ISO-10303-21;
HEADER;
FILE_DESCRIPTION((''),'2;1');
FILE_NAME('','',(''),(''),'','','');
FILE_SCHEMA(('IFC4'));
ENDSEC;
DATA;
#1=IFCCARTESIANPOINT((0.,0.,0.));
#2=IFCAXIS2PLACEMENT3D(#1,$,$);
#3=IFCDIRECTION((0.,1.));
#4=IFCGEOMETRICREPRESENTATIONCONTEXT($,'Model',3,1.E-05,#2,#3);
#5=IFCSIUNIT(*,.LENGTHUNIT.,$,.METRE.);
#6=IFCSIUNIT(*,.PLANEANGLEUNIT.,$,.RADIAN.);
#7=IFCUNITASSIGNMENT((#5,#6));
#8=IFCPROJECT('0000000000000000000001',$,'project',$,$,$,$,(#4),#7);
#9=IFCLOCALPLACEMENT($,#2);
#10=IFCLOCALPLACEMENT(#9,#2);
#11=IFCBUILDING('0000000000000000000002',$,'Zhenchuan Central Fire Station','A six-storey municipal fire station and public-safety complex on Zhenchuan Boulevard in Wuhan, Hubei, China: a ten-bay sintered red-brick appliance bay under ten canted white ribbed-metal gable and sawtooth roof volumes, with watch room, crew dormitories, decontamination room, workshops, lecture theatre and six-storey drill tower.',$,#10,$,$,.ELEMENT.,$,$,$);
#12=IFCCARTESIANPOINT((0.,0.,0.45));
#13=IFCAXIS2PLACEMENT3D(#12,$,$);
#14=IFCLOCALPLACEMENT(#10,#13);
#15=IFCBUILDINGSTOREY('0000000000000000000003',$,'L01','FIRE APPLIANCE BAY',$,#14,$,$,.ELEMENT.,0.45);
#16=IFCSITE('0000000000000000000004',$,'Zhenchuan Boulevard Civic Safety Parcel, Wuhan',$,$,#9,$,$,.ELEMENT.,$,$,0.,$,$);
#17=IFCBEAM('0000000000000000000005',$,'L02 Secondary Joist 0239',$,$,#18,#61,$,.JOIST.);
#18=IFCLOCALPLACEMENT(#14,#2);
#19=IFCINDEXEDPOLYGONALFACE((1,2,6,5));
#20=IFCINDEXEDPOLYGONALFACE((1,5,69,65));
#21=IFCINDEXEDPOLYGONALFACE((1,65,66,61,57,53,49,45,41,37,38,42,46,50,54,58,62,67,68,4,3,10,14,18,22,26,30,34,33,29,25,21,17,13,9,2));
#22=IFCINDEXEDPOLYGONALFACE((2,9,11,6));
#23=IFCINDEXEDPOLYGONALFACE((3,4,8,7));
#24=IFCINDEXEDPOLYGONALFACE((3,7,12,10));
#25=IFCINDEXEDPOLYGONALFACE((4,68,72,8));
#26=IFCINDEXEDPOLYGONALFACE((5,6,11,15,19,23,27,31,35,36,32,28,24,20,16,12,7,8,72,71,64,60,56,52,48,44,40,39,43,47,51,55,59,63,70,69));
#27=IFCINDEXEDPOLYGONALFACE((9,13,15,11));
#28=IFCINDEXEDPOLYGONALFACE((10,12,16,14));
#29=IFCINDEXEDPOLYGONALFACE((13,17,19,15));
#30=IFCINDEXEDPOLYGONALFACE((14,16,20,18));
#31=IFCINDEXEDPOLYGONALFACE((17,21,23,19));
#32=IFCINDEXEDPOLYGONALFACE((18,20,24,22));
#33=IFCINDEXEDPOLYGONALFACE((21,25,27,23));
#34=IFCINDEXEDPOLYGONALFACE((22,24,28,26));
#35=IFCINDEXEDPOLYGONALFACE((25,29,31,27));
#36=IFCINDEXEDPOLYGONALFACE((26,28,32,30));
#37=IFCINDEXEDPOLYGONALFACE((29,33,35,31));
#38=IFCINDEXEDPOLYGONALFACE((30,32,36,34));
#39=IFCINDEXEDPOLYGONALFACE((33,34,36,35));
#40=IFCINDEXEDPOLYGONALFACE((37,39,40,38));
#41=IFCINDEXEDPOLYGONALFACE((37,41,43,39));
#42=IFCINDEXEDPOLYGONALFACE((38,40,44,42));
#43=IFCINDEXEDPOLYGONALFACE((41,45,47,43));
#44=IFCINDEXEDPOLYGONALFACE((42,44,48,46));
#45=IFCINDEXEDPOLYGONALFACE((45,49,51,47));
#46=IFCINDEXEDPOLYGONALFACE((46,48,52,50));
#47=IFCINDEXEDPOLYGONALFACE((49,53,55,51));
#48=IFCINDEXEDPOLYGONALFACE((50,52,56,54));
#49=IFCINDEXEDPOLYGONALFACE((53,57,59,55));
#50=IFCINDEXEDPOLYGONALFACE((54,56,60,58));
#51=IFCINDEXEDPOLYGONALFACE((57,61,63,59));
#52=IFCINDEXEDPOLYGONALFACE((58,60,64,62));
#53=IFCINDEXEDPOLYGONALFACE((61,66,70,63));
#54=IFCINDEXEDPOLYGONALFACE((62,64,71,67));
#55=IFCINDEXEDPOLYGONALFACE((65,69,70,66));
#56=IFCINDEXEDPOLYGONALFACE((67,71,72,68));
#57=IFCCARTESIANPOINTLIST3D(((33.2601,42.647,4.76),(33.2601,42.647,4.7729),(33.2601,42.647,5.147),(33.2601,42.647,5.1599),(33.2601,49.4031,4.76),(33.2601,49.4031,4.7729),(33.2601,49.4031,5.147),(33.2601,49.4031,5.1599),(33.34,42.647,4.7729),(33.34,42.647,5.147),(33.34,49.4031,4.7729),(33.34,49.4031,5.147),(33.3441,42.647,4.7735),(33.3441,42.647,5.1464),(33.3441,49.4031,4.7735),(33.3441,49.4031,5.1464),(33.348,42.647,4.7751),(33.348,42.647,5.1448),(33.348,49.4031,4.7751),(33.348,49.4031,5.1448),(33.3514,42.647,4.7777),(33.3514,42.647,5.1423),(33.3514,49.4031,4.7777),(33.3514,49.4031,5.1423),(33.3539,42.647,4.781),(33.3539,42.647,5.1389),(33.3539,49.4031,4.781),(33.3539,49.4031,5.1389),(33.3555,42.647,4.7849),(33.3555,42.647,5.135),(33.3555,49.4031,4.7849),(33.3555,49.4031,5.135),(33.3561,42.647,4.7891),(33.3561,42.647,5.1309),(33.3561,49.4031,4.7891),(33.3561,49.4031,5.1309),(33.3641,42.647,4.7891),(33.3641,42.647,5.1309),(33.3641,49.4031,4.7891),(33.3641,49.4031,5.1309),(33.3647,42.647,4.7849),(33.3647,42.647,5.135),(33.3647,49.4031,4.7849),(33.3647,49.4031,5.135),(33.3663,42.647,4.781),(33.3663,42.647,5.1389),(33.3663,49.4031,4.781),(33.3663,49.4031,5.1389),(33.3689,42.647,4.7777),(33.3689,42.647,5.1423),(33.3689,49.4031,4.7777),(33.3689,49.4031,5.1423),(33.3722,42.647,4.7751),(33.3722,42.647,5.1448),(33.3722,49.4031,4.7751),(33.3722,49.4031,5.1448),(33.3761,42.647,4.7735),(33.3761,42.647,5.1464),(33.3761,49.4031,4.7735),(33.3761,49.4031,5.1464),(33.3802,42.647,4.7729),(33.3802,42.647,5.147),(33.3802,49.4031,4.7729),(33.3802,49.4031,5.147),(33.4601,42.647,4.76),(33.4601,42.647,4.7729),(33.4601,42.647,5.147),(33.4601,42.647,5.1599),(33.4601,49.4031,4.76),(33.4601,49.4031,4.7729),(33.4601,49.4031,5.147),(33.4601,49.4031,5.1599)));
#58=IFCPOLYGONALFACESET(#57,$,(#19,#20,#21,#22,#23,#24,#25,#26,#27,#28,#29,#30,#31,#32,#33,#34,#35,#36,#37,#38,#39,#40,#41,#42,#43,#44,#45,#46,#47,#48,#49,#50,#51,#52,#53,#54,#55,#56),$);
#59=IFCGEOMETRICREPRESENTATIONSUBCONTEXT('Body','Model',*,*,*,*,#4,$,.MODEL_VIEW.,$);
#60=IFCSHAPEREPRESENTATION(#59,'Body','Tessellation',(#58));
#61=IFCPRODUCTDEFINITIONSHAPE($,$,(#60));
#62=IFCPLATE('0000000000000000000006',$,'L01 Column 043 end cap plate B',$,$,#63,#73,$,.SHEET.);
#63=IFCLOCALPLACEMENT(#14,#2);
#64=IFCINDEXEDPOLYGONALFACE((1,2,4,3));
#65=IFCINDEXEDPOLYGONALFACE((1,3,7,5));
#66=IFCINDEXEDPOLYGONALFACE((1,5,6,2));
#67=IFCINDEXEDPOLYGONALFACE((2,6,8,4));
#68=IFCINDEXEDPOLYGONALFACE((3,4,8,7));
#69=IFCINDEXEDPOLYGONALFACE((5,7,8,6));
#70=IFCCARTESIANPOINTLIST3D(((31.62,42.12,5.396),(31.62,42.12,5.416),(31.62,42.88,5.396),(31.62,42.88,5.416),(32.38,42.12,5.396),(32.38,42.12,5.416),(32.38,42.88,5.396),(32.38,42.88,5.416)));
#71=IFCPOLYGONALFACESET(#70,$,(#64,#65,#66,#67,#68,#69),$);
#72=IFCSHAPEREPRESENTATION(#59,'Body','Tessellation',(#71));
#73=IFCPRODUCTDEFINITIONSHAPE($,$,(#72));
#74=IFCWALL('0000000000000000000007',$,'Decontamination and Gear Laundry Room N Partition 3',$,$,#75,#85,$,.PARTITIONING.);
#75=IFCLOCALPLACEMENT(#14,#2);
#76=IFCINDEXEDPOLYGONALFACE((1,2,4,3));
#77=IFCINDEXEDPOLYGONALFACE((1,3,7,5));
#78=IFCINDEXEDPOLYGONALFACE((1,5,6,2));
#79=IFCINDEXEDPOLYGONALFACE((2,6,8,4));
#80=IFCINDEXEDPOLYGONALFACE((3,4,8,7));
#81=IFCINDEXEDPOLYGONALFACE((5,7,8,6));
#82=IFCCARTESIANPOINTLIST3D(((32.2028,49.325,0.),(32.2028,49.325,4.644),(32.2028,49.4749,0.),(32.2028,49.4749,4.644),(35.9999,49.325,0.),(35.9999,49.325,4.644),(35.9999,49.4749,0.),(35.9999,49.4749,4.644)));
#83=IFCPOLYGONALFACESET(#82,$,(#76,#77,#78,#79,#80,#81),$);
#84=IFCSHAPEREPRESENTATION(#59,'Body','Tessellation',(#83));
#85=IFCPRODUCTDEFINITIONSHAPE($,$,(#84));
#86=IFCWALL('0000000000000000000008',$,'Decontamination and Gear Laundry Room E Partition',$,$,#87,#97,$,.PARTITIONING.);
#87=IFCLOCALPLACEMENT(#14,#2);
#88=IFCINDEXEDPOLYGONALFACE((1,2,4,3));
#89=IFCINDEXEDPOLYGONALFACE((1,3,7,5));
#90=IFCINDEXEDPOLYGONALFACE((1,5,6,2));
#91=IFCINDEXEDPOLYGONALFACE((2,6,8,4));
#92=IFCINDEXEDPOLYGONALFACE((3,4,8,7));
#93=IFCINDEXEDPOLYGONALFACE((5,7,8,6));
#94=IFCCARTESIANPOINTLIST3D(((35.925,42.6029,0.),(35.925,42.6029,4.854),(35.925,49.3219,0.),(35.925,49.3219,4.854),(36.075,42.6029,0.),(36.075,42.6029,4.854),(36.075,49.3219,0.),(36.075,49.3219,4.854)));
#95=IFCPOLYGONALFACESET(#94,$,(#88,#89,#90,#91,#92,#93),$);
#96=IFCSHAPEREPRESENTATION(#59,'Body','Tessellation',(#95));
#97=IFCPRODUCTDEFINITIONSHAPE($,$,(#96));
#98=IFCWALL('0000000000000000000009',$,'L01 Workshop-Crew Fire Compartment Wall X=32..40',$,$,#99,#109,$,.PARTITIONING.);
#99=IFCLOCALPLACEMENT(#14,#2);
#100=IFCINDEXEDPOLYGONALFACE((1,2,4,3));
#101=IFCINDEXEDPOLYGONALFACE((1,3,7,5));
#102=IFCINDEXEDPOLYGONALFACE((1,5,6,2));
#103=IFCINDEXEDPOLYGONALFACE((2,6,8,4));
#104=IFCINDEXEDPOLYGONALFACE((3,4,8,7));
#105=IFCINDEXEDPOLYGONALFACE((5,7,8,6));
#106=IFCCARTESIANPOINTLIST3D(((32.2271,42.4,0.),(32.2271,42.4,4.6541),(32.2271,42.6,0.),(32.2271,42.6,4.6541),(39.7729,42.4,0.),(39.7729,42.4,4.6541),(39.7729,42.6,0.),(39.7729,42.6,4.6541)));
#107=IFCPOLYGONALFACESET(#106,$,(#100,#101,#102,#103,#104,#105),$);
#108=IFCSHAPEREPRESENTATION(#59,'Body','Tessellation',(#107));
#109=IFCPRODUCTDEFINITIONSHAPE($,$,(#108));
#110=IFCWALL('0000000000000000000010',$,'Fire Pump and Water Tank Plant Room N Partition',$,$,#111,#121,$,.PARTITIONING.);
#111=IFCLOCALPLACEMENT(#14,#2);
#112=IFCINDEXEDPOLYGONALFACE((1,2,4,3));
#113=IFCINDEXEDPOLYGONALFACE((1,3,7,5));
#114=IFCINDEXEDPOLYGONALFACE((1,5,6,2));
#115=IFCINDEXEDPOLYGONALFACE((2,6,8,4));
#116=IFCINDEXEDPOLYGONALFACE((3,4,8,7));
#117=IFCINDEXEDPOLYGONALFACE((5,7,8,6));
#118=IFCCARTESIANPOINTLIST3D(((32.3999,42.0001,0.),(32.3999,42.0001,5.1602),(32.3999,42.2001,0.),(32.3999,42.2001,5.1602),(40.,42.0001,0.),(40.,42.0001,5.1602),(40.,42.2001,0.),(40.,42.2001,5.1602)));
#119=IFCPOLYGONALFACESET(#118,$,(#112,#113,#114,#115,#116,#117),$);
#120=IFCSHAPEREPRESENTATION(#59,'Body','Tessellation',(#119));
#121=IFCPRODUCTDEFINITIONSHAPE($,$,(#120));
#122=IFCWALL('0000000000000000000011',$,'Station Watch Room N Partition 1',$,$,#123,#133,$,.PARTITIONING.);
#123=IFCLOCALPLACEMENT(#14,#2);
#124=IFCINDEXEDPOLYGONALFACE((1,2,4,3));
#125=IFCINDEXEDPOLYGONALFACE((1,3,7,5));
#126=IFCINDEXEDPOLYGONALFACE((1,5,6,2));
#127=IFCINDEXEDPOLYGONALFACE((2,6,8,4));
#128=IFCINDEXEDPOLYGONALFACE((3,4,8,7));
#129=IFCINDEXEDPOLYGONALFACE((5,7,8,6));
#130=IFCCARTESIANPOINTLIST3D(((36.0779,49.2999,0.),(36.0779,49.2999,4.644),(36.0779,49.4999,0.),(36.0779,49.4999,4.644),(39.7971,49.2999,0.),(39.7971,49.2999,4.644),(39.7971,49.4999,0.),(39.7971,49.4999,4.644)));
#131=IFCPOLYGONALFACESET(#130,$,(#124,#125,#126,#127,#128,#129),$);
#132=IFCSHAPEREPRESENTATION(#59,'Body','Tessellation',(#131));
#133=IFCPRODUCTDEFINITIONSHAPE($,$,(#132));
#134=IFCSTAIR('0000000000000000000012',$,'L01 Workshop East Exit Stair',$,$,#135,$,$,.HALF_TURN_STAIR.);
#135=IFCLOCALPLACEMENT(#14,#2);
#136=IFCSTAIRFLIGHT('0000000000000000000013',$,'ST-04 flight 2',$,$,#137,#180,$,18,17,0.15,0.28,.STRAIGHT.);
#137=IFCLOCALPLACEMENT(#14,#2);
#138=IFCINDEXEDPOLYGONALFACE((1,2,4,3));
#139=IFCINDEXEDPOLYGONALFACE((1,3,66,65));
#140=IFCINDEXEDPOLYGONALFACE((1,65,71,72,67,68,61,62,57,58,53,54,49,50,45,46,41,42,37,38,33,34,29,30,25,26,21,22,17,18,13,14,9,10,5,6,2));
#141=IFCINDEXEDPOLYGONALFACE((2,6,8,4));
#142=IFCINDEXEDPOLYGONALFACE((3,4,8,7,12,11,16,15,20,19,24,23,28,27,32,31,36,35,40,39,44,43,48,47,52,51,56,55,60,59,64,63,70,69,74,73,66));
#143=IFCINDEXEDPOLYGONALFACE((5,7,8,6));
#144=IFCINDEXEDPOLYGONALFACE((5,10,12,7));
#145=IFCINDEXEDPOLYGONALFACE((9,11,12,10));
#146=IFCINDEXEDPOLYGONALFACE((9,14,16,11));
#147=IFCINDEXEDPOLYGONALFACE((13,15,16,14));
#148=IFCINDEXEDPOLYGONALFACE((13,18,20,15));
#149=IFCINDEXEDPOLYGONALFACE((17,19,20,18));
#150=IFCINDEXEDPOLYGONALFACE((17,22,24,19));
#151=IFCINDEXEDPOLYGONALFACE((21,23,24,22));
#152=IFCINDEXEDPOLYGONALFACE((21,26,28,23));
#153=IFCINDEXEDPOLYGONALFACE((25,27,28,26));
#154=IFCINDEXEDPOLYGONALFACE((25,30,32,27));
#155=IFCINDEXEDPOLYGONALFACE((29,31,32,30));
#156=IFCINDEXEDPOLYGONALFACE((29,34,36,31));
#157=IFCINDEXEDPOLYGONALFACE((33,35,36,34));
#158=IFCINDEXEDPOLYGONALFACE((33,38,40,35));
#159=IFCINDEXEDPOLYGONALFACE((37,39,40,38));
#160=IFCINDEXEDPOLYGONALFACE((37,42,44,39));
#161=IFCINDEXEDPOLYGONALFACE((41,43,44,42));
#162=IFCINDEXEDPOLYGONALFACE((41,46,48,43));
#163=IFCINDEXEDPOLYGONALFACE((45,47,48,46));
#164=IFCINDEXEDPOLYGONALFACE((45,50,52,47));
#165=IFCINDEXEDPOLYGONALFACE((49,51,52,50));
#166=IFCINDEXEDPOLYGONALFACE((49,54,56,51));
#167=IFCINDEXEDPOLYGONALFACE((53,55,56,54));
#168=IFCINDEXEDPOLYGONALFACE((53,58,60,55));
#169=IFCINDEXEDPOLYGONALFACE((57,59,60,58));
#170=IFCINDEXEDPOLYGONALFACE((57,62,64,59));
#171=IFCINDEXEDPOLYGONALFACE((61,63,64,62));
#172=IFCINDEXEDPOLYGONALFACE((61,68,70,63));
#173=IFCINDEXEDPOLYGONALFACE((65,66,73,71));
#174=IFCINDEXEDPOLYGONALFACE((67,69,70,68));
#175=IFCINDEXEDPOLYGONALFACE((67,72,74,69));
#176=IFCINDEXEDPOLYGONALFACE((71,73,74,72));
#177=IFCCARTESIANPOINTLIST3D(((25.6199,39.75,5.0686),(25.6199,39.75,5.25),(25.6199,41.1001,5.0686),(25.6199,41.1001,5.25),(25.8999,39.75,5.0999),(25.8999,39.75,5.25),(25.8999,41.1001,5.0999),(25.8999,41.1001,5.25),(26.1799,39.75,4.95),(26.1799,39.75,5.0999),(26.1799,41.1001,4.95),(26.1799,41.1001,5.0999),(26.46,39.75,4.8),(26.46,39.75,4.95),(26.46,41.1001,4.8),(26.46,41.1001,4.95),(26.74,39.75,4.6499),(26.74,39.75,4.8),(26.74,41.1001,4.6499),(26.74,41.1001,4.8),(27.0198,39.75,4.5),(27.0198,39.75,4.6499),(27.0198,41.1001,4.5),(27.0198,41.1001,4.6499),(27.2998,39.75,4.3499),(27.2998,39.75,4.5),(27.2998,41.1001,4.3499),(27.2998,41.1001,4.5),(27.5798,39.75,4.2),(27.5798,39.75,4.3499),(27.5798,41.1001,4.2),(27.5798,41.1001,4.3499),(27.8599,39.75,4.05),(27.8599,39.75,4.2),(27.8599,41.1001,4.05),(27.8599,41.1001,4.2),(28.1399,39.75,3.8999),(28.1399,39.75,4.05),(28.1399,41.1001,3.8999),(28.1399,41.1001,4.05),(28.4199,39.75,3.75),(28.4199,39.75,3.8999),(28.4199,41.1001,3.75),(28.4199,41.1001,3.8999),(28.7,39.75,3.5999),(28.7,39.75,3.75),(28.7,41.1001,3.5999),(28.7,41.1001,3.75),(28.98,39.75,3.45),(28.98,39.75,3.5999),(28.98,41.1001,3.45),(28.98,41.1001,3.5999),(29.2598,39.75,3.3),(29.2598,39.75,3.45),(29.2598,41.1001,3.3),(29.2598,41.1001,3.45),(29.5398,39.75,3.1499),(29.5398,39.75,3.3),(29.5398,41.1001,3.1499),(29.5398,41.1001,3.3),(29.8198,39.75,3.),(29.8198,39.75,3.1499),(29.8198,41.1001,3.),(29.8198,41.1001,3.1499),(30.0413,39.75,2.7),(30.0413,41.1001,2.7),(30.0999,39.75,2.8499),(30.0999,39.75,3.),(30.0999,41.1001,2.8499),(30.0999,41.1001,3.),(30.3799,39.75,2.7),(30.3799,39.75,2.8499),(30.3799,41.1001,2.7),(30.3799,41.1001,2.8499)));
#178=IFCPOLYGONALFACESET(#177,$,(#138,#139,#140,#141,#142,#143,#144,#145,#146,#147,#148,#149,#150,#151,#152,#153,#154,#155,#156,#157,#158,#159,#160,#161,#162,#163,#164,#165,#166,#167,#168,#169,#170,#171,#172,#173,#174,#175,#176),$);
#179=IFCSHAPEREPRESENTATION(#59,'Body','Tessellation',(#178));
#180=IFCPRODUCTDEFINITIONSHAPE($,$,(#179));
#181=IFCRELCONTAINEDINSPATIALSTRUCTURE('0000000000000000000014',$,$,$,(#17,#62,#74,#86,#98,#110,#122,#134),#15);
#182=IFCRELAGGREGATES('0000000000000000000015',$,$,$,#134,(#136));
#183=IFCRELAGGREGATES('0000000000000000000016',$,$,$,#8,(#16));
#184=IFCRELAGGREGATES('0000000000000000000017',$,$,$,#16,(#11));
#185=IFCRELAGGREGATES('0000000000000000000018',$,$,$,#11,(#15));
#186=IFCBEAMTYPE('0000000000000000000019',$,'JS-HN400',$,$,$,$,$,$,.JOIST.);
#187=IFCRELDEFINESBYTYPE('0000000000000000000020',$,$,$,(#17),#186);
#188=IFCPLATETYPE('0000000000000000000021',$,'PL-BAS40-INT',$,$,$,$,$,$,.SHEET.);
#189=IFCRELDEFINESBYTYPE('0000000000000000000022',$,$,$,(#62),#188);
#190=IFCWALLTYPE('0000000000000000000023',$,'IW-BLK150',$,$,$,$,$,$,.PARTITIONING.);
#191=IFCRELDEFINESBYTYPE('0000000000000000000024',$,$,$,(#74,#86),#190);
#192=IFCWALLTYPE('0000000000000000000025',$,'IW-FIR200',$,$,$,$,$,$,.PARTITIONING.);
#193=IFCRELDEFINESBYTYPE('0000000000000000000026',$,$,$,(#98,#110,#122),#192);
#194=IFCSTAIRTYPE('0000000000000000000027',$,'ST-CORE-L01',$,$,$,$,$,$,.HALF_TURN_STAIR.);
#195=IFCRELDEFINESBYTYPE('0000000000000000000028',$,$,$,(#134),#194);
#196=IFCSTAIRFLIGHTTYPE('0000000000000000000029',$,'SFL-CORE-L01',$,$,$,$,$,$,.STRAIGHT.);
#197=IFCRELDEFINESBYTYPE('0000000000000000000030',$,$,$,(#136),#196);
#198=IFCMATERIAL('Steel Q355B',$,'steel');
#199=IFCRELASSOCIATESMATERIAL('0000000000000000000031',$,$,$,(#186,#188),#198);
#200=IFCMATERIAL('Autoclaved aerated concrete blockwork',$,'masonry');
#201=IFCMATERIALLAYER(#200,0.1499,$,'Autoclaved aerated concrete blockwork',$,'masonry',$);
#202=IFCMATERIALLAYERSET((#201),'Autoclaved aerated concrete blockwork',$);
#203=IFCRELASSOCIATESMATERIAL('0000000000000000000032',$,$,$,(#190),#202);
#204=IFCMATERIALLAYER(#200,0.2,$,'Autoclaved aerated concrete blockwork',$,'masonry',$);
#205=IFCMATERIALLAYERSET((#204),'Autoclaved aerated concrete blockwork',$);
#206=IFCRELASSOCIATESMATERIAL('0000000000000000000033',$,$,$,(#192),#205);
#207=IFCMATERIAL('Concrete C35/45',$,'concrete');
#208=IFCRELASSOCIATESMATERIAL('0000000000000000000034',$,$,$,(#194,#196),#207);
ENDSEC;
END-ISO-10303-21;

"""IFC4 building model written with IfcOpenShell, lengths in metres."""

from ifc_helpers import new_model, si_unit, direction, frame, frame_2d, origin, origin_2d, place, context, subcontext, project, spatial, polyline, rectangle, i_section, outline, extrude, material, layer, layer_set, material_profile, profile_set, type_object, element, aggregate, save


model = new_model("IFC4")

# Units and contexts
model_context = context("Model", 3, precision=1e-05, world=origin(), true_north=direction((0.0, 1.0)))
body_context = subcontext(model_context, "Body", "Model", "MODEL_VIEW")
ifc_project = project(units=[si_unit("LENGTHUNIT", "METRE"), si_unit("PLANEANGLEUNIT", "RADIAN")], contexts=[model_context])

# Site, building, storey
site_placement = place(None, origin())
site = spatial("IfcSite", under=ifc_project, at=site_placement, Name="Zhenchuan Boulevard Civic Safety Parcel, Wuhan", CompositionType="ELEMENT", RefElevation=0.0)
building_placement = place(site_placement, origin())
building = spatial("IfcBuilding", under=site, at=building_placement, Name="Zhenchuan Central Fire Station", Description="A six-storey municipal fire station and public-safety complex on Zhenchuan Boulevard in Wuhan, Hubei, China: a ten-bay sintered red-brick appliance bay under ten canted white ribbed-metal gable and sawtooth roof volumes, with watch room, crew dormitories, decontamination room, workshops, lecture theatre and six-storey drill tower.", CompositionType="ELEMENT")
storey_placement = place(building_placement, frame((0.0, 0.0, 0.45)))
storey = spatial("IfcBuildingStorey", under=building, at=storey_placement, Name="L01", Description="FIRE APPLIANCE BAY", CompositionType="ELEMENT", Elevation=0.45)

# Shared definitions
ifc_material_1 = material(Name="Concrete C35/45", Category="concrete")

# Shared definitions
ifc_material_2 = material(Name="Steel Q355B", Category="steel")

# Beam
ifc_material_profile_1 = material_profile(ifc_material_2, i_section(OverallWidth=0.2, OverallDepth=0.3999, WebThickness=0.0081, FlangeThickness=0.0129, FilletRadius=0.0161, at=origin_2d()), Name="HN 400x200")
ifc_profile_set_1 = profile_set([ifc_material_profile_1], Name="Steel Q355B")
beam_type_1 = type_object("IfcBeamType", Name="JS-HN400", PredefinedType="JOIST", material=ifc_profile_set_1)
beam_1_placement = place(storey_placement, frame((33.3601, 42.647, 4.96), z_axis=(0.0, 1.0, 0.0), x_axis=(-1.0, 0.0, 0.0)))
element("IfcBeam", 1, at=beam_1_placement, inside=storey, type_object=beam_type_1, Name="L02 Secondary Joist 0239", PredefinedType="JOIST", context=body_context, shape_type="SweptSolid", body=[
    extrude(i_section(OverallWidth=0.2, OverallDepth=0.3999, WebThickness=0.0081, FlangeThickness=0.0129, FilletRadius=0.0161, at=origin_2d()), origin(), (0.0, 0.0, 1.0), 6.7561),
])

# Plate
ifc_material_profile_2 = material_profile(ifc_material_2, rectangle(XDim=0.76, YDim=0.76, at=origin_2d()), Name="PL 760x760x40")
ifc_profile_set_2 = profile_set([ifc_material_profile_2], Name="Steel Q355B")
plate_type = type_object("IfcPlateType", Name="PL-BAS40-INT", PredefinedType="SHEET", material=ifc_profile_set_2)
plate_placement = place(storey_placement, frame((32.0, 42.5, 5.396), z_axis=(0.0, 0.0, 1.0), x_axis=(1.0, 0.0, 0.0)))
element("IfcPlate", 2, at=plate_placement, inside=storey, type_object=plate_type, Name="L01 Column 043 end cap plate B", PredefinedType="SHEET", context=body_context, shape_type="SweptSolid", body=[
    extrude(rectangle(XDim=0.76, YDim=0.76, at=origin_2d()), origin(), (0.0, 0.0, 1.0), 0.02),
])

# Walls
ifc_material_3 = material(Name="Autoclaved aerated concrete blockwork", Category="masonry")
ifc_layer_1 = layer(ifc_material_3, 0.1499, Name="Autoclaved aerated concrete blockwork", Category="masonry")
ifc_layer_set_1 = layer_set([ifc_layer_1], Name="Autoclaved aerated concrete blockwork")
wall_type_1 = type_object("IfcWallType", Name="IW-BLK150", PredefinedType="PARTITIONING", material=ifc_layer_set_1)
wall_1_placement = place(storey_placement, frame((32.2029, 49.3999, 0.0), z_axis=(0.0, 0.0, 1.0), x_axis=(1.0, 0.0, 0.0)))
element("IfcWall", 3, at=wall_1_placement, inside=storey, type_object=wall_type_1, Name="Decontamination and Gear Laundry Room N Partition 3", PredefinedType="PARTITIONING", context=body_context, shape_type="SweptSolid", body=[
    extrude(rectangle(XDim=3.7971, YDim=0.1499, at=frame_2d((1.8984, 0.0))), origin(), (0.0, 0.0, 1.0), 4.644),
])
wall_2_placement = place(storey_placement, frame((36.0, 42.603, 0.0), z_axis=(0.0, 0.0, 1.0), x_axis=(0.0, 1.0, 0.0)))
element("IfcWall", 4, at=wall_2_placement, inside=storey, type_object=wall_type_1, Name="Decontamination and Gear Laundry Room E Partition", PredefinedType="PARTITIONING", context=body_context, shape_type="SweptSolid", body=[
    extrude(rectangle(XDim=6.719, YDim=0.1499, at=frame_2d((3.3594, 0.0))), origin(), (0.0, 0.0, 1.0), 4.854),
])
ifc_layer_2 = layer(ifc_material_3, 0.2, Name="Autoclaved aerated concrete blockwork", Category="masonry")
ifc_layer_set_2 = layer_set([ifc_layer_2], Name="Autoclaved aerated concrete blockwork")
wall_type_2 = type_object("IfcWallType", Name="IW-FIR200", PredefinedType="PARTITIONING", material=ifc_layer_set_2)
wall_3_placement = place(storey_placement, frame((32.2271, 42.5, 0.0), z_axis=(0.0, 0.0, 1.0), x_axis=(1.0, 0.0, 0.0)))
element("IfcWall", 5, at=wall_3_placement, inside=storey, type_object=wall_type_2, Name="L01 Workshop-Crew Fire Compartment Wall X=32..40", PredefinedType="PARTITIONING", context=body_context, shape_type="SweptSolid", body=[
    extrude(rectangle(XDim=7.5459, YDim=0.2, at=frame_2d((3.7729, 0.0))), origin(), (0.0, 0.0, 1.0), 4.6541),
])
wall_4_placement = place(storey_placement, frame((32.3999, 42.1001, 0.0), z_axis=(0.0, 0.0, 1.0), x_axis=(1.0, 0.0, 0.0)))
element("IfcWall", 6, at=wall_4_placement, inside=storey, type_object=wall_type_2, Name="Fire Pump and Water Tank Plant Room N Partition", PredefinedType="PARTITIONING", context=body_context, shape_type="SweptSolid", body=[
    extrude(rectangle(XDim=7.6001, YDim=0.2, at=frame_2d((3.8, 0.0))), origin(), (0.0, 0.0, 1.0), 5.1602),
])
wall_5_placement = place(storey_placement, frame((36.0779, 49.3999, 0.0), z_axis=(0.0, 0.0, 1.0), x_axis=(1.0, 0.0, 0.0)))
element("IfcWall", 7, at=wall_5_placement, inside=storey, type_object=wall_type_2, Name="Station Watch Room N Partition 1", PredefinedType="PARTITIONING", context=body_context, shape_type="SweptSolid", body=[
    extrude(rectangle(XDim=3.7192, YDim=0.2, at=frame_2d((1.8596, 0.0))), origin(), (0.0, 0.0, 1.0), 4.644),
])

# Stair, stair flight
stair_type = type_object("IfcStairType", Name="ST-CORE-L01", PredefinedType="HALF_TURN_STAIR", material=ifc_material_1)
stair_placement = place(storey_placement, origin())
stair = element("IfcStair", 8, at=stair_placement, inside=storey, type_object=stair_type, Name="L01 Workshop East Exit Stair", PredefinedType="HALF_TURN_STAIR")
stair_flight_type = type_object("IfcStairFlightType", Name="SFL-CORE-L01", PredefinedType="STRAIGHT", material=ifc_material_1)
stair_flight_placement = place(storey_placement, frame((30.3799, 40.425, 2.7), z_axis=(0.0, 0.0, 1.0), x_axis=(-1.0, 0.0, 0.0)))
stair_flight = element("IfcStairFlight", 9, at=stair_flight_placement, type_object=stair_flight_type, Name="ST-04 flight 2", NumberOfRisers=18, NumberOfTreads=17, PredefinedType="STRAIGHT", RiserHeight=0.15, TreadLength=0.28, context=body_context, shape_type="SweptSolid", body=[
    extrude(outline(polyline([(0.0, 0.0), (0.0, 0.1499), (0.28, 0.1499), (0.28, 0.3), (0.5601, 0.3), (0.5601, 0.45), (0.8401, 0.45), (0.8401, 0.6001), (1.1201, 0.6001), (1.1201, 0.75), (1.3999, 0.75), (1.3999, 0.8999), (1.6799, 0.8999), (1.6799, 1.05), (1.96, 1.05), (1.96, 1.2), (2.24, 1.2), (2.24, 1.3501), (2.52, 1.3501), (2.52, 1.5), (2.8, 1.5), (2.8, 1.6499), (3.0801, 1.6499), (3.0801, 1.8), (3.3601, 1.8), (3.3601, 1.95), (3.6399, 1.95), (3.6399, 2.1001), (3.9199, 2.1001), (3.9199, 2.25), (4.2, 2.25), (4.2, 2.3999), (4.48, 2.3999), (4.48, 2.55), (4.76, 2.55), (4.76, 2.7), (4.76, 2.3687), (0.3386, 0.0), (0.0, 0.0)])), frame((0.0, 0.675, 0.0), z_axis=(0.0, -1.0, 0.0), x_axis=(1.0, 0.0, 0.0)), (0.0, 0.0, 1.0), 1.3501),
])
aggregate(stair, [stair_flight])

save(model, "model.ifc")
